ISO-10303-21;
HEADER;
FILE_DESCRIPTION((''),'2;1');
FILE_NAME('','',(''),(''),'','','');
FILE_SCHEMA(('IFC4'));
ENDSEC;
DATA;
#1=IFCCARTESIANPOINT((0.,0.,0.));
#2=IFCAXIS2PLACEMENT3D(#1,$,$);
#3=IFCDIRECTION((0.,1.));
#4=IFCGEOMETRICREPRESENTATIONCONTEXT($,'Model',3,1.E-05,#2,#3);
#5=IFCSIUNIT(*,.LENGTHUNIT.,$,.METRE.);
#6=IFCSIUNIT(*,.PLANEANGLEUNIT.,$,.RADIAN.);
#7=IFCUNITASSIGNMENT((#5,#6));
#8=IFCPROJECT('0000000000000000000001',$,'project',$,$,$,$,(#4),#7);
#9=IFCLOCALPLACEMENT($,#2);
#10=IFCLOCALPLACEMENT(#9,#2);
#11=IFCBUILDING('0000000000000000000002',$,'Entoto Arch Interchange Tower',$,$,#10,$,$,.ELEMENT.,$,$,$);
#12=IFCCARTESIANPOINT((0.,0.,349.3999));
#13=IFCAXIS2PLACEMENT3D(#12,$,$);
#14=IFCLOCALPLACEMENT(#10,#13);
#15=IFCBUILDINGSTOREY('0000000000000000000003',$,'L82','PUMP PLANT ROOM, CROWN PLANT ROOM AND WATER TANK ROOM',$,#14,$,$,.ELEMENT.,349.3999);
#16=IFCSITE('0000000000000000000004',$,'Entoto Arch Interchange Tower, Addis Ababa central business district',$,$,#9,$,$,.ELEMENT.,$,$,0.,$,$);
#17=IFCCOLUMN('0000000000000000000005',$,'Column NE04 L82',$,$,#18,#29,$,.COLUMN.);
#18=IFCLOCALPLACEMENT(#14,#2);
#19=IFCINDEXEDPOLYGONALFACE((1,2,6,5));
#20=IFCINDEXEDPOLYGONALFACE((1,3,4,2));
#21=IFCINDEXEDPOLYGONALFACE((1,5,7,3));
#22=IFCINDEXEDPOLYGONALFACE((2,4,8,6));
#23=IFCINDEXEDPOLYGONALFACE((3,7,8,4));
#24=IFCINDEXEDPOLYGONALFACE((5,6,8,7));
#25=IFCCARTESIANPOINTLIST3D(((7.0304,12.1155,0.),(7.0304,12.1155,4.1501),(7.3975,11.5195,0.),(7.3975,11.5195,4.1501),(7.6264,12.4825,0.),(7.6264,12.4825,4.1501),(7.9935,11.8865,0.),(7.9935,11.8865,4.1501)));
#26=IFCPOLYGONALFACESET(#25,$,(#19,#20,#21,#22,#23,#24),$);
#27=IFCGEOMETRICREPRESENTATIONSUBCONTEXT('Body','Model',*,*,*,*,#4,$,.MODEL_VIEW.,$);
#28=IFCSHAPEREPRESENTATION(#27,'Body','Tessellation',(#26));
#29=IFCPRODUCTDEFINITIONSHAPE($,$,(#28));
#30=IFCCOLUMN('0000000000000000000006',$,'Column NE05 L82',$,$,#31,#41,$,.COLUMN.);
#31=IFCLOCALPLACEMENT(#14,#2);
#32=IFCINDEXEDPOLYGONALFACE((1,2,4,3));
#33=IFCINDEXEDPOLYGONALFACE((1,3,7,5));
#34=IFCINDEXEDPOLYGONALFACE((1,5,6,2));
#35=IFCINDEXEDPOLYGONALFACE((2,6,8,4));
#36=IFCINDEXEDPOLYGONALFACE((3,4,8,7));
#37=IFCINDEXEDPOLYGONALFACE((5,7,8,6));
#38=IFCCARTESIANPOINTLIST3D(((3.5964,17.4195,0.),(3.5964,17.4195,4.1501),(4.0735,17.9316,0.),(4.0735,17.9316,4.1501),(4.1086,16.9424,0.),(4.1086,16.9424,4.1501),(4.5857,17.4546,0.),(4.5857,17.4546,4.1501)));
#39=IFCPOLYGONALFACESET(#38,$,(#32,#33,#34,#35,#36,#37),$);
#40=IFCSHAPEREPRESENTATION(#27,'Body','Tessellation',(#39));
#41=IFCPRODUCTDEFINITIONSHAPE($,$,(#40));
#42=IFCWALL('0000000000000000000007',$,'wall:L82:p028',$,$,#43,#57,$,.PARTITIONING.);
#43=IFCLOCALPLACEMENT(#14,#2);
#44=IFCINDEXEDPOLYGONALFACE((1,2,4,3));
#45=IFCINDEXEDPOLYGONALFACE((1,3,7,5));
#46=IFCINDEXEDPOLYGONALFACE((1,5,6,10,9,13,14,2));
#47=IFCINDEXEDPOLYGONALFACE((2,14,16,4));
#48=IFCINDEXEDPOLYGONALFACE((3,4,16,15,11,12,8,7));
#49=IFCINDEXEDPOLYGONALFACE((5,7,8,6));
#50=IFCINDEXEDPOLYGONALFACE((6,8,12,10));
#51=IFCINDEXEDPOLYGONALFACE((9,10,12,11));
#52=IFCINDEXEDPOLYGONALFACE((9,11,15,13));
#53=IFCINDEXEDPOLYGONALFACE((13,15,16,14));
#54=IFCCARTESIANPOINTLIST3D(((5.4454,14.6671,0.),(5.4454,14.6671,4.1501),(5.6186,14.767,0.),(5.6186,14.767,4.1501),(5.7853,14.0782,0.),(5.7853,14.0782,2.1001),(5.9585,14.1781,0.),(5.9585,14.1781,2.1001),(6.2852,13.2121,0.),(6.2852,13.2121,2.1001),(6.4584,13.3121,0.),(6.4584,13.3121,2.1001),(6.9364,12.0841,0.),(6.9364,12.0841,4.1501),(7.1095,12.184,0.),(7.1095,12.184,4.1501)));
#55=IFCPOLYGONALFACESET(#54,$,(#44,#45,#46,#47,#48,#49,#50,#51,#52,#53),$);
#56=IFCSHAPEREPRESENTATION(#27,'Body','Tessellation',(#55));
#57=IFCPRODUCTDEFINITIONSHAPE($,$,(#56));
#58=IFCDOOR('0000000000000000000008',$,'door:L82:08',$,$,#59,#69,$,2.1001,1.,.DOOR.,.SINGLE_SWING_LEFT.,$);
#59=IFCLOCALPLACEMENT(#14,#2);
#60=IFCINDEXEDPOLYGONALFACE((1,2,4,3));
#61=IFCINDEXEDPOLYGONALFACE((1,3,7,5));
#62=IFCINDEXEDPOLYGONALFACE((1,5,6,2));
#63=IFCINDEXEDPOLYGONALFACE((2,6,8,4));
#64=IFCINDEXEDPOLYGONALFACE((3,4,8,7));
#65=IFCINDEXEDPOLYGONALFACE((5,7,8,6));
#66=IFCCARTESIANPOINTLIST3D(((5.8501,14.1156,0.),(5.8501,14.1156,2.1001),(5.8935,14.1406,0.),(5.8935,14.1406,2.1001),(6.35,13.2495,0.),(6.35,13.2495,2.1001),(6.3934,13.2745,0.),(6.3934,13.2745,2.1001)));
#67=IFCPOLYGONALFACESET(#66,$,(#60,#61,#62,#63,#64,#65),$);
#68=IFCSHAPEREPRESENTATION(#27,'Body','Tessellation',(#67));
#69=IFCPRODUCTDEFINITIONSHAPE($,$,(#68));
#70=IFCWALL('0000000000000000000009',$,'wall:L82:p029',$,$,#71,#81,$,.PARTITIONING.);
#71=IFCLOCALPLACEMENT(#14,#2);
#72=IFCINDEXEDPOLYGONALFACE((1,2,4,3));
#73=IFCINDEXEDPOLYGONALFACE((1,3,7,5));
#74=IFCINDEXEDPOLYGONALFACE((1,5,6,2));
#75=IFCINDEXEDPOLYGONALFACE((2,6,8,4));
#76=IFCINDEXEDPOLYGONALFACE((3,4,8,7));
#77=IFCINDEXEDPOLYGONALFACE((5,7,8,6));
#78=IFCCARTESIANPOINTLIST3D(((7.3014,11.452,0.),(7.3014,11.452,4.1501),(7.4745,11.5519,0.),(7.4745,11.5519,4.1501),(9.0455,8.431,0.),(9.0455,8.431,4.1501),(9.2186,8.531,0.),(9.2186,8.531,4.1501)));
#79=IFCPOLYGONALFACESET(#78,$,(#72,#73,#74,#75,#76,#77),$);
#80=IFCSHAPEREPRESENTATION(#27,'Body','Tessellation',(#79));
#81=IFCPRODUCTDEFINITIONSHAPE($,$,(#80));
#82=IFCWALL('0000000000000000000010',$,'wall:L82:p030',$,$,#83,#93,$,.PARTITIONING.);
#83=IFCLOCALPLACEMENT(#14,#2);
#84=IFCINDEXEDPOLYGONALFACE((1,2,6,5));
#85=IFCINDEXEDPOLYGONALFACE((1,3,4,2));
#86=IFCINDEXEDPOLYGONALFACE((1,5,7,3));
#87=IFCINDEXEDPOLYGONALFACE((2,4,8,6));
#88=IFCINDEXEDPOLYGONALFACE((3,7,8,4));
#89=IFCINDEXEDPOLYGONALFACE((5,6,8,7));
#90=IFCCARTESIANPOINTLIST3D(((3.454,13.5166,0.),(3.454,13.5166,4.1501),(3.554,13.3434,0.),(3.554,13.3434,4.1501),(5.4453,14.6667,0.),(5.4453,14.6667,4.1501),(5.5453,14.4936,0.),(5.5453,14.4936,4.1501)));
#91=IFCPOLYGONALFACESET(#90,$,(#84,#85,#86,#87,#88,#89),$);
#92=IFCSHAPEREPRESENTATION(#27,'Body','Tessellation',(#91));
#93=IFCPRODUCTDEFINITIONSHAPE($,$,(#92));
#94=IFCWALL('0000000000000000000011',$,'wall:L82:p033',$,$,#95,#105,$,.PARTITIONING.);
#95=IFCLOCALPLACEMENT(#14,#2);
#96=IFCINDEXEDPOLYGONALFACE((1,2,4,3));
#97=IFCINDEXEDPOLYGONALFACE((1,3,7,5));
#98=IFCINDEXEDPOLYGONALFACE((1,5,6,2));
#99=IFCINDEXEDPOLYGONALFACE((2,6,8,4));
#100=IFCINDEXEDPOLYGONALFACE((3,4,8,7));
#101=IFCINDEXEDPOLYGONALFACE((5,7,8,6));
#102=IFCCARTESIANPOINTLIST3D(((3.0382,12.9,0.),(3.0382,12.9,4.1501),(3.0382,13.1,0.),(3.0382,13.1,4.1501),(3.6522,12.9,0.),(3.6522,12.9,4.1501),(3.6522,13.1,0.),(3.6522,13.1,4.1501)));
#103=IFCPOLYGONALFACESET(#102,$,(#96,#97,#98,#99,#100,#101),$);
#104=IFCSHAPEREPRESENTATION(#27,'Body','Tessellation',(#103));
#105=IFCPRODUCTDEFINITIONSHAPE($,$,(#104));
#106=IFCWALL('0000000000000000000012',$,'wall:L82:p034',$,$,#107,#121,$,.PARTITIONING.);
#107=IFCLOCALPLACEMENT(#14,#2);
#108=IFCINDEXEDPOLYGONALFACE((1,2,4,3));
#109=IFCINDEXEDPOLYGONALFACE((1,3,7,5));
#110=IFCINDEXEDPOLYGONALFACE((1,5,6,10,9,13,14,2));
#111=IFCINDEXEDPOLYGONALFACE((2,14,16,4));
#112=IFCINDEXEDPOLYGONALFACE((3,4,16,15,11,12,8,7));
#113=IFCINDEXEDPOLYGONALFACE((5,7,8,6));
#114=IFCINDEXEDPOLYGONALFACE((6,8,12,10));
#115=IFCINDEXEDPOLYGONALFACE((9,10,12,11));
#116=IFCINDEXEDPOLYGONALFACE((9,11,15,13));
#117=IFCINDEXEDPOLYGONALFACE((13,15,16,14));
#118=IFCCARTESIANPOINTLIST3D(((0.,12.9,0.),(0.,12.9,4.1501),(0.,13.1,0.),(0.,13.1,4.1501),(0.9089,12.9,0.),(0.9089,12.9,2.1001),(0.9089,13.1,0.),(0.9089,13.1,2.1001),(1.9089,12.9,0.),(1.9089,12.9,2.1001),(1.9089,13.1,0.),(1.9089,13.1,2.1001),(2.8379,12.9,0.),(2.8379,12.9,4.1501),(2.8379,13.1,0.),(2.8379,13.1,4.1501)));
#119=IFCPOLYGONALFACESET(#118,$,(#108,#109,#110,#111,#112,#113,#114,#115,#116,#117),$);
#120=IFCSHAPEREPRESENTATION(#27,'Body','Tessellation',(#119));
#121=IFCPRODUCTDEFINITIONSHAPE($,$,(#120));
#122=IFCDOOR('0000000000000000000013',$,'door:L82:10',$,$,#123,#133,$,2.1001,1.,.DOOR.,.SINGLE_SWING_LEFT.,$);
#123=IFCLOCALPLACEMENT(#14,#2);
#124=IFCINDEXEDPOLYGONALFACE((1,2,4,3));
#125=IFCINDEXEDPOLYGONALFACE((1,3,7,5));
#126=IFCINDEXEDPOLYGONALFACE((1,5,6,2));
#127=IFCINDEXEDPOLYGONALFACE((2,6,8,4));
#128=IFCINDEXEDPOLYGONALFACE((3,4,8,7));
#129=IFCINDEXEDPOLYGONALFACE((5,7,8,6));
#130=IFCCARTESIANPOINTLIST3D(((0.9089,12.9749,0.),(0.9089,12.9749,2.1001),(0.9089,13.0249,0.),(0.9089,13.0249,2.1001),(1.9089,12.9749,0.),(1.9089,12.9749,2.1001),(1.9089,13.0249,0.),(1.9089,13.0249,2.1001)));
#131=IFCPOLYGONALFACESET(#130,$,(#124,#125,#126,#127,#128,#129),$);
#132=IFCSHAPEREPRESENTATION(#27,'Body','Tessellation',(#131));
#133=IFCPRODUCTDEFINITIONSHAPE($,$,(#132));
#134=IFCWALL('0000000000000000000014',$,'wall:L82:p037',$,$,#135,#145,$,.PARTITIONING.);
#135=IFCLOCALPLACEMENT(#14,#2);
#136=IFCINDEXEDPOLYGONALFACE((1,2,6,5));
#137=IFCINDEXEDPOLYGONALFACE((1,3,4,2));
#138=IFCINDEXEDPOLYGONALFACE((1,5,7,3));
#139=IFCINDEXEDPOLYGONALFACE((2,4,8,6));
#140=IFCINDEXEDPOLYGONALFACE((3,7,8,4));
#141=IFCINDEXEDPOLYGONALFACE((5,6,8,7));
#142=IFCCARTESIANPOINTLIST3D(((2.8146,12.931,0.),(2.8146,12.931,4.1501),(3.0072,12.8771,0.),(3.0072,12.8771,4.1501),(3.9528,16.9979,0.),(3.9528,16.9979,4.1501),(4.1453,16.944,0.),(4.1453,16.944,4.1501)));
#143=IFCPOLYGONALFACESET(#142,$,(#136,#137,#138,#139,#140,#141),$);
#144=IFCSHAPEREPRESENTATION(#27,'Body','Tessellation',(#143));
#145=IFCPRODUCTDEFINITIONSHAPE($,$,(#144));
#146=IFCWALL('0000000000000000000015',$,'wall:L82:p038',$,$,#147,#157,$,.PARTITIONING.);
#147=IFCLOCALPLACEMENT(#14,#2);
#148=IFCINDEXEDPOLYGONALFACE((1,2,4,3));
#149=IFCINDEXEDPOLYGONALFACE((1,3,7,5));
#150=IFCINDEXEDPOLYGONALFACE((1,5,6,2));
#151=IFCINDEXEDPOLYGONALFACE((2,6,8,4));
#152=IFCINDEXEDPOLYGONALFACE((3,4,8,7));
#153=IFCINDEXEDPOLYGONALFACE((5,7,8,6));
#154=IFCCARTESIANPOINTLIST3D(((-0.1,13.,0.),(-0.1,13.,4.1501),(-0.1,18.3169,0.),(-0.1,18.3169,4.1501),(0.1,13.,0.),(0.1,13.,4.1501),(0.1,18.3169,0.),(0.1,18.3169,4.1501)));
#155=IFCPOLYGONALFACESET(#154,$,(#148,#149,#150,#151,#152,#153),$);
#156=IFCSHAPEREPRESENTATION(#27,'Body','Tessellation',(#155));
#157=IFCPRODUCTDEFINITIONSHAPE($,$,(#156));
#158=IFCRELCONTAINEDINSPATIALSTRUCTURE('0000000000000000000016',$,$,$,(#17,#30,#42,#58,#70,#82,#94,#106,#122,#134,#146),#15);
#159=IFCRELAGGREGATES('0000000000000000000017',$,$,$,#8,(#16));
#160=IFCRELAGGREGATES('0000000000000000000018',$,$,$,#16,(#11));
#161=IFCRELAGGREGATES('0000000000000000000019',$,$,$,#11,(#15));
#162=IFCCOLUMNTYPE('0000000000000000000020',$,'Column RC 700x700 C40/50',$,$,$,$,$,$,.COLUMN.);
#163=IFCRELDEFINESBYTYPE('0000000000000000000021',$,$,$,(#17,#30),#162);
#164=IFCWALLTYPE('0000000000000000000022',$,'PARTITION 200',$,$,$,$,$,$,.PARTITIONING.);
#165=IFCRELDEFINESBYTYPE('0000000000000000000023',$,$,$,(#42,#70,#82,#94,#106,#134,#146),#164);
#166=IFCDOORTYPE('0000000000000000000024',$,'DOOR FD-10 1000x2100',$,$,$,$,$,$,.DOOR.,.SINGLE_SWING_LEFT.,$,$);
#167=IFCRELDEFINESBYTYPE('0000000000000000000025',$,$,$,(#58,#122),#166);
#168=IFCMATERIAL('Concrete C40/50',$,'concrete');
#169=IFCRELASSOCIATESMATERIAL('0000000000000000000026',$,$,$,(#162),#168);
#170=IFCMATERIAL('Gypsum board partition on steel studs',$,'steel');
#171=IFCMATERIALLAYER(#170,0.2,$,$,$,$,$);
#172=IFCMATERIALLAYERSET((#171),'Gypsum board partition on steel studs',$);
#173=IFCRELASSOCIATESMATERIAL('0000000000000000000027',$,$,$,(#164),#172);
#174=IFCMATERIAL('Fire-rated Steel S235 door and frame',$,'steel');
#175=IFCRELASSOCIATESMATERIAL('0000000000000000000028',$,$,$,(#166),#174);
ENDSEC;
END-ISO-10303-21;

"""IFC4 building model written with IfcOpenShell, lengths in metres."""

from ifc_helpers import new_model, si_unit, direction, frame, frame_2d, origin, origin_2d, place, context, subcontext, project, spatial, rectangle, extrude, material, layer, layer_set, material_profile, profile_set, type_object, element, fill, save


model = new_model("IFC4")

# Units and contexts
model_context = context("Model", 3, precision=1e-05, world=origin(), true_north=direction((0.0, 1.0)))
body_context = subcontext(model_context, "Body", "Model", "MODEL_VIEW")
ifc_project = project(units=[si_unit("LENGTHUNIT", "METRE"), si_unit("PLANEANGLEUNIT", "RADIAN")], contexts=[model_context])

# Site, building, storey
site_placement = place(None, origin())
site = spatial("IfcSite", under=ifc_project, at=site_placement, Name="Entoto Arch Interchange Tower, Addis Ababa central business district", CompositionType="ELEMENT", RefElevation=0.0)
building_placement = place(site_placement, origin())
building = spatial("IfcBuilding", under=site, at=building_placement, Name="Entoto Arch Interchange Tower", CompositionType="ELEMENT")
storey_placement = place(building_placement, frame((0.0, 0.0, 349.3999)))
storey = spatial("IfcBuildingStorey", under=building, at=storey_placement, Name="L82", Description="PUMP PLANT ROOM, CROWN PLANT ROOM AND WATER TANK ROOM", CompositionType="ELEMENT", Elevation=349.3999)

# Columns
ifc_material_1 = material(Name="Concrete C40/50", Category="concrete")
ifc_material_profile = material_profile(ifc_material_1, rectangle(XDim=0.7, YDim=0.7, at=origin_2d()))
ifc_profile_set = profile_set([ifc_material_profile], Name="Concrete C40/50")
column_type = type_object("IfcColumnType", Name="Column RC 700x700 C40/50", PredefinedType="COLUMN", material=ifc_profile_set)
for number, where, z_axis, x_axis, name in (
    (1, (7.512, 12.001, 0.0), (0.0, 0.0, 1.0), (-0.524372, 0.851489, 0.0), "Column NE04 L82"),
    (2, (4.0911, 17.437, 0.0), (0.0, 0.0, 1.0), (-0.731734, 0.68159, 0.0), "Column NE05 L82"),
):
    element("IfcColumn", number, at=place(storey_placement, frame(where, z_axis=z_axis, x_axis=x_axis)), inside=storey, type_object=column_type, Name=name, PredefinedType="COLUMN", context=body_context, shape_type="SweptSolid", body=[
        extrude(rectangle(XDim=0.7, YDim=0.7, at=origin_2d()), origin(), (0.0, 0.0, 1.0), 4.1501),
    ])

# Wall, opening, door
ifc_material_2 = material(Name="Gypsum board partition on steel studs", Category="steel")
ifc_layer_1 = layer(ifc_material_2, 0.2)
ifc_layer_set_1 = layer_set([ifc_layer_1], Name="Gypsum board partition on steel studs")
wall_type_1 = type_object("IfcWallType", Name="PARTITION 200", PredefinedType="PARTITIONING", material=ifc_layer_set_1)
wall_1_placement = place(storey_placement, frame((5.532, 14.717, 0.0), z_axis=(0.0, 0.0, 1.0), x_axis=(0.499916, -0.866074, 0.0)))
wall_1 = element("IfcWall", 3, at=wall_1_placement, inside=storey, type_object=wall_type_1, Name="wall:L82:p028", PredefinedType="PARTITIONING", context=body_context, shape_type="SweptSolid", body=[
    extrude(rectangle(XDim=2.9824, YDim=0.2, at=frame_2d((1.4912, 0.0))), origin(), (0.0, 0.0, 1.0), 4.1501),
])
opening_1_placement = place(wall_1_placement, frame((0.6799, 0.0, 0.0)))
opening_1 = element("IfcOpeningElement", 4, at=opening_1_placement, cuts=wall_1, PredefinedType="OPENING", context=body_context, shape_type="SweptSolid", body=[
    extrude(rectangle(XDim=1.0, YDim=2.1001, at=frame_2d((0.5, 1.05))), frame((0.0, 0.1099, 0.0), z_axis=(0.0, -1.0, 0.0), x_axis=(1.0, 0.0, 0.0)), (0.0, 0.0, 1.0), 0.22),
])
ifc_material_3 = material(Name="Fire-rated Steel S235 door and frame", Category="steel")
door_type = type_object("IfcDoorType", Name="DOOR FD-10 1000x2100", OperationType="SINGLE_SWING_LEFT", PredefinedType="DOOR", material=ifc_material_3)
door_1_placement = place(opening_1_placement, origin())
door_1 = element("IfcDoor", 5, at=door_1_placement, inside=storey, type_object=door_type, Name="door:L82:08", OperationType="SINGLE_SWING_LEFT", OverallHeight=2.1001, OverallWidth=1.0, PredefinedType="DOOR", context=body_context, shape_type="SweptSolid", body=[
    extrude(rectangle(XDim=1.0, YDim=2.1001, at=frame_2d((0.5, 1.05))), frame((0.0, 0.0249, 0.0), z_axis=(0.0, -1.0, 0.0), x_axis=(1.0, 0.0, 0.0)), (0.0, 0.0, 1.0), 0.05),
])
fill(opening_1, door_1)

# Walls
wall_2_placement = place(storey_placement, frame((7.3879, 11.502, 0.0), z_axis=(0.0, 0.0, 1.0), x_axis=(0.499993, -0.866029, 0.0)))
element("IfcWall", 6, at=wall_2_placement, inside=storey, type_object=wall_type_1, Name="wall:L82:p029", PredefinedType="PARTITIONING", context=body_context, shape_type="SweptSolid", body=[
    extrude(rectangle(XDim=3.4883, YDim=0.2, at=frame_2d((1.7441, 0.0))), origin(), (0.0, 0.0, 1.0), 4.1501),
])
wall_3_placement = place(storey_placement, frame((3.5039, 13.4299, 0.0), z_axis=(0.0, 0.0, 1.0), x_axis=(0.865927, 0.50017, 0.0)))
element("IfcWall", 7, at=wall_3_placement, inside=storey, type_object=wall_type_1, Name="wall:L82:p030", PredefinedType="PARTITIONING", context=body_context, shape_type="SweptSolid", body=[
    extrude(rectangle(XDim=2.2996, YDim=0.2, at=frame_2d((1.1499, 0.0))), origin(), (0.0, 0.0, 1.0), 4.1501),
])
wall_4_placement = place(storey_placement, frame((3.0381, 13.0, 0.0), z_axis=(0.0, 0.0, 1.0), x_axis=(1.0, 0.0, 0.0)))
element("IfcWall", 8, at=wall_4_placement, inside=storey, type_object=wall_type_1, Name="wall:L82:p033", PredefinedType="PARTITIONING", context=body_context, shape_type="SweptSolid", body=[
    extrude(rectangle(XDim=0.614, YDim=0.2, at=frame_2d((0.3071, 0.0))), origin(), (0.0, 0.0, 1.0), 4.1501),
])

# Wall, opening, door
wall_5_placement = place(storey_placement, frame((0.0, 13.0, 0.0), z_axis=(0.0, 0.0, 1.0), x_axis=(1.0, 0.0, 0.0)))
wall_5 = element("IfcWall", 9, at=wall_5_placement, inside=storey, type_object=wall_type_1, Name="wall:L82:p034", PredefinedType="PARTITIONING", context=body_context, shape_type="SweptSolid", body=[
    extrude(rectangle(XDim=2.8379, YDim=0.2, at=frame_2d((1.4189, 0.0))), origin(), (0.0, 0.0, 1.0), 4.1501),
])
opening_2_placement = place(wall_5_placement, frame((0.9089, 0.0, 0.0)))
opening_2 = element("IfcOpeningElement", 10, at=opening_2_placement, cuts=wall_5, PredefinedType="OPENING", context=body_context, shape_type="SweptSolid", body=[
    extrude(rectangle(XDim=1.0, YDim=2.1001, at=frame_2d((0.5, 1.05))), frame((0.0, 0.1099, 0.0), z_axis=(0.0, -1.0, 0.0), x_axis=(1.0, 0.0, 0.0)), (0.0, 0.0, 1.0), 0.22),
])
door_2_placement = place(opening_2_placement, origin())
door_2 = element("IfcDoor", 11, at=door_2_placement, inside=storey, type_object=door_type, Name="door:L82:10", OperationType="SINGLE_SWING_LEFT", OverallHeight=2.1001, OverallWidth=1.0, PredefinedType="DOOR", context=body_context, shape_type="SweptSolid", body=[
    extrude(rectangle(XDim=1.0, YDim=2.1001, at=frame_2d((0.5, 1.05))), frame((0.0, 0.0249, 0.0), z_axis=(0.0, -1.0, 0.0), x_axis=(1.0, 0.0, 0.0)), (0.0, 0.0, 1.0), 0.05),
])
fill(opening_2, door_2)

# Walls
wall_6_placement = place(storey_placement, frame((2.9109, 12.9041, 0.0), z_axis=(0.0, 0.0, 1.0), x_axis=(0.26951, 0.962998, 0.0)))
element("IfcWall", 12, at=wall_6_placement, inside=storey, type_object=wall_type_1, Name="wall:L82:p037", PredefinedType="PARTITIONING", context=body_context, shape_type="SweptSolid", body=[
    extrude(rectangle(XDim=4.2231, YDim=0.2, at=frame_2d((2.1116, 0.0))), origin(), (0.0, 0.0, 1.0), 4.1501),
])
wall_7_placement = place(storey_placement, frame((0.0, 13.0, 0.0), z_axis=(0.0, 0.0, 1.0), x_axis=(0.0, 1.0, 0.0)))
element("IfcWall", 13, at=wall_7_placement, inside=storey, type_object=wall_type_1, Name="wall:L82:p038", PredefinedType="PARTITIONING", context=body_context, shape_type="SweptSolid", body=[
    extrude(rectangle(XDim=5.3169, YDim=0.2, at=frame_2d((2.6584, 0.0))), origin(), (0.0, 0.0, 1.0), 4.1501),
])

save(model, "model.ifc")
